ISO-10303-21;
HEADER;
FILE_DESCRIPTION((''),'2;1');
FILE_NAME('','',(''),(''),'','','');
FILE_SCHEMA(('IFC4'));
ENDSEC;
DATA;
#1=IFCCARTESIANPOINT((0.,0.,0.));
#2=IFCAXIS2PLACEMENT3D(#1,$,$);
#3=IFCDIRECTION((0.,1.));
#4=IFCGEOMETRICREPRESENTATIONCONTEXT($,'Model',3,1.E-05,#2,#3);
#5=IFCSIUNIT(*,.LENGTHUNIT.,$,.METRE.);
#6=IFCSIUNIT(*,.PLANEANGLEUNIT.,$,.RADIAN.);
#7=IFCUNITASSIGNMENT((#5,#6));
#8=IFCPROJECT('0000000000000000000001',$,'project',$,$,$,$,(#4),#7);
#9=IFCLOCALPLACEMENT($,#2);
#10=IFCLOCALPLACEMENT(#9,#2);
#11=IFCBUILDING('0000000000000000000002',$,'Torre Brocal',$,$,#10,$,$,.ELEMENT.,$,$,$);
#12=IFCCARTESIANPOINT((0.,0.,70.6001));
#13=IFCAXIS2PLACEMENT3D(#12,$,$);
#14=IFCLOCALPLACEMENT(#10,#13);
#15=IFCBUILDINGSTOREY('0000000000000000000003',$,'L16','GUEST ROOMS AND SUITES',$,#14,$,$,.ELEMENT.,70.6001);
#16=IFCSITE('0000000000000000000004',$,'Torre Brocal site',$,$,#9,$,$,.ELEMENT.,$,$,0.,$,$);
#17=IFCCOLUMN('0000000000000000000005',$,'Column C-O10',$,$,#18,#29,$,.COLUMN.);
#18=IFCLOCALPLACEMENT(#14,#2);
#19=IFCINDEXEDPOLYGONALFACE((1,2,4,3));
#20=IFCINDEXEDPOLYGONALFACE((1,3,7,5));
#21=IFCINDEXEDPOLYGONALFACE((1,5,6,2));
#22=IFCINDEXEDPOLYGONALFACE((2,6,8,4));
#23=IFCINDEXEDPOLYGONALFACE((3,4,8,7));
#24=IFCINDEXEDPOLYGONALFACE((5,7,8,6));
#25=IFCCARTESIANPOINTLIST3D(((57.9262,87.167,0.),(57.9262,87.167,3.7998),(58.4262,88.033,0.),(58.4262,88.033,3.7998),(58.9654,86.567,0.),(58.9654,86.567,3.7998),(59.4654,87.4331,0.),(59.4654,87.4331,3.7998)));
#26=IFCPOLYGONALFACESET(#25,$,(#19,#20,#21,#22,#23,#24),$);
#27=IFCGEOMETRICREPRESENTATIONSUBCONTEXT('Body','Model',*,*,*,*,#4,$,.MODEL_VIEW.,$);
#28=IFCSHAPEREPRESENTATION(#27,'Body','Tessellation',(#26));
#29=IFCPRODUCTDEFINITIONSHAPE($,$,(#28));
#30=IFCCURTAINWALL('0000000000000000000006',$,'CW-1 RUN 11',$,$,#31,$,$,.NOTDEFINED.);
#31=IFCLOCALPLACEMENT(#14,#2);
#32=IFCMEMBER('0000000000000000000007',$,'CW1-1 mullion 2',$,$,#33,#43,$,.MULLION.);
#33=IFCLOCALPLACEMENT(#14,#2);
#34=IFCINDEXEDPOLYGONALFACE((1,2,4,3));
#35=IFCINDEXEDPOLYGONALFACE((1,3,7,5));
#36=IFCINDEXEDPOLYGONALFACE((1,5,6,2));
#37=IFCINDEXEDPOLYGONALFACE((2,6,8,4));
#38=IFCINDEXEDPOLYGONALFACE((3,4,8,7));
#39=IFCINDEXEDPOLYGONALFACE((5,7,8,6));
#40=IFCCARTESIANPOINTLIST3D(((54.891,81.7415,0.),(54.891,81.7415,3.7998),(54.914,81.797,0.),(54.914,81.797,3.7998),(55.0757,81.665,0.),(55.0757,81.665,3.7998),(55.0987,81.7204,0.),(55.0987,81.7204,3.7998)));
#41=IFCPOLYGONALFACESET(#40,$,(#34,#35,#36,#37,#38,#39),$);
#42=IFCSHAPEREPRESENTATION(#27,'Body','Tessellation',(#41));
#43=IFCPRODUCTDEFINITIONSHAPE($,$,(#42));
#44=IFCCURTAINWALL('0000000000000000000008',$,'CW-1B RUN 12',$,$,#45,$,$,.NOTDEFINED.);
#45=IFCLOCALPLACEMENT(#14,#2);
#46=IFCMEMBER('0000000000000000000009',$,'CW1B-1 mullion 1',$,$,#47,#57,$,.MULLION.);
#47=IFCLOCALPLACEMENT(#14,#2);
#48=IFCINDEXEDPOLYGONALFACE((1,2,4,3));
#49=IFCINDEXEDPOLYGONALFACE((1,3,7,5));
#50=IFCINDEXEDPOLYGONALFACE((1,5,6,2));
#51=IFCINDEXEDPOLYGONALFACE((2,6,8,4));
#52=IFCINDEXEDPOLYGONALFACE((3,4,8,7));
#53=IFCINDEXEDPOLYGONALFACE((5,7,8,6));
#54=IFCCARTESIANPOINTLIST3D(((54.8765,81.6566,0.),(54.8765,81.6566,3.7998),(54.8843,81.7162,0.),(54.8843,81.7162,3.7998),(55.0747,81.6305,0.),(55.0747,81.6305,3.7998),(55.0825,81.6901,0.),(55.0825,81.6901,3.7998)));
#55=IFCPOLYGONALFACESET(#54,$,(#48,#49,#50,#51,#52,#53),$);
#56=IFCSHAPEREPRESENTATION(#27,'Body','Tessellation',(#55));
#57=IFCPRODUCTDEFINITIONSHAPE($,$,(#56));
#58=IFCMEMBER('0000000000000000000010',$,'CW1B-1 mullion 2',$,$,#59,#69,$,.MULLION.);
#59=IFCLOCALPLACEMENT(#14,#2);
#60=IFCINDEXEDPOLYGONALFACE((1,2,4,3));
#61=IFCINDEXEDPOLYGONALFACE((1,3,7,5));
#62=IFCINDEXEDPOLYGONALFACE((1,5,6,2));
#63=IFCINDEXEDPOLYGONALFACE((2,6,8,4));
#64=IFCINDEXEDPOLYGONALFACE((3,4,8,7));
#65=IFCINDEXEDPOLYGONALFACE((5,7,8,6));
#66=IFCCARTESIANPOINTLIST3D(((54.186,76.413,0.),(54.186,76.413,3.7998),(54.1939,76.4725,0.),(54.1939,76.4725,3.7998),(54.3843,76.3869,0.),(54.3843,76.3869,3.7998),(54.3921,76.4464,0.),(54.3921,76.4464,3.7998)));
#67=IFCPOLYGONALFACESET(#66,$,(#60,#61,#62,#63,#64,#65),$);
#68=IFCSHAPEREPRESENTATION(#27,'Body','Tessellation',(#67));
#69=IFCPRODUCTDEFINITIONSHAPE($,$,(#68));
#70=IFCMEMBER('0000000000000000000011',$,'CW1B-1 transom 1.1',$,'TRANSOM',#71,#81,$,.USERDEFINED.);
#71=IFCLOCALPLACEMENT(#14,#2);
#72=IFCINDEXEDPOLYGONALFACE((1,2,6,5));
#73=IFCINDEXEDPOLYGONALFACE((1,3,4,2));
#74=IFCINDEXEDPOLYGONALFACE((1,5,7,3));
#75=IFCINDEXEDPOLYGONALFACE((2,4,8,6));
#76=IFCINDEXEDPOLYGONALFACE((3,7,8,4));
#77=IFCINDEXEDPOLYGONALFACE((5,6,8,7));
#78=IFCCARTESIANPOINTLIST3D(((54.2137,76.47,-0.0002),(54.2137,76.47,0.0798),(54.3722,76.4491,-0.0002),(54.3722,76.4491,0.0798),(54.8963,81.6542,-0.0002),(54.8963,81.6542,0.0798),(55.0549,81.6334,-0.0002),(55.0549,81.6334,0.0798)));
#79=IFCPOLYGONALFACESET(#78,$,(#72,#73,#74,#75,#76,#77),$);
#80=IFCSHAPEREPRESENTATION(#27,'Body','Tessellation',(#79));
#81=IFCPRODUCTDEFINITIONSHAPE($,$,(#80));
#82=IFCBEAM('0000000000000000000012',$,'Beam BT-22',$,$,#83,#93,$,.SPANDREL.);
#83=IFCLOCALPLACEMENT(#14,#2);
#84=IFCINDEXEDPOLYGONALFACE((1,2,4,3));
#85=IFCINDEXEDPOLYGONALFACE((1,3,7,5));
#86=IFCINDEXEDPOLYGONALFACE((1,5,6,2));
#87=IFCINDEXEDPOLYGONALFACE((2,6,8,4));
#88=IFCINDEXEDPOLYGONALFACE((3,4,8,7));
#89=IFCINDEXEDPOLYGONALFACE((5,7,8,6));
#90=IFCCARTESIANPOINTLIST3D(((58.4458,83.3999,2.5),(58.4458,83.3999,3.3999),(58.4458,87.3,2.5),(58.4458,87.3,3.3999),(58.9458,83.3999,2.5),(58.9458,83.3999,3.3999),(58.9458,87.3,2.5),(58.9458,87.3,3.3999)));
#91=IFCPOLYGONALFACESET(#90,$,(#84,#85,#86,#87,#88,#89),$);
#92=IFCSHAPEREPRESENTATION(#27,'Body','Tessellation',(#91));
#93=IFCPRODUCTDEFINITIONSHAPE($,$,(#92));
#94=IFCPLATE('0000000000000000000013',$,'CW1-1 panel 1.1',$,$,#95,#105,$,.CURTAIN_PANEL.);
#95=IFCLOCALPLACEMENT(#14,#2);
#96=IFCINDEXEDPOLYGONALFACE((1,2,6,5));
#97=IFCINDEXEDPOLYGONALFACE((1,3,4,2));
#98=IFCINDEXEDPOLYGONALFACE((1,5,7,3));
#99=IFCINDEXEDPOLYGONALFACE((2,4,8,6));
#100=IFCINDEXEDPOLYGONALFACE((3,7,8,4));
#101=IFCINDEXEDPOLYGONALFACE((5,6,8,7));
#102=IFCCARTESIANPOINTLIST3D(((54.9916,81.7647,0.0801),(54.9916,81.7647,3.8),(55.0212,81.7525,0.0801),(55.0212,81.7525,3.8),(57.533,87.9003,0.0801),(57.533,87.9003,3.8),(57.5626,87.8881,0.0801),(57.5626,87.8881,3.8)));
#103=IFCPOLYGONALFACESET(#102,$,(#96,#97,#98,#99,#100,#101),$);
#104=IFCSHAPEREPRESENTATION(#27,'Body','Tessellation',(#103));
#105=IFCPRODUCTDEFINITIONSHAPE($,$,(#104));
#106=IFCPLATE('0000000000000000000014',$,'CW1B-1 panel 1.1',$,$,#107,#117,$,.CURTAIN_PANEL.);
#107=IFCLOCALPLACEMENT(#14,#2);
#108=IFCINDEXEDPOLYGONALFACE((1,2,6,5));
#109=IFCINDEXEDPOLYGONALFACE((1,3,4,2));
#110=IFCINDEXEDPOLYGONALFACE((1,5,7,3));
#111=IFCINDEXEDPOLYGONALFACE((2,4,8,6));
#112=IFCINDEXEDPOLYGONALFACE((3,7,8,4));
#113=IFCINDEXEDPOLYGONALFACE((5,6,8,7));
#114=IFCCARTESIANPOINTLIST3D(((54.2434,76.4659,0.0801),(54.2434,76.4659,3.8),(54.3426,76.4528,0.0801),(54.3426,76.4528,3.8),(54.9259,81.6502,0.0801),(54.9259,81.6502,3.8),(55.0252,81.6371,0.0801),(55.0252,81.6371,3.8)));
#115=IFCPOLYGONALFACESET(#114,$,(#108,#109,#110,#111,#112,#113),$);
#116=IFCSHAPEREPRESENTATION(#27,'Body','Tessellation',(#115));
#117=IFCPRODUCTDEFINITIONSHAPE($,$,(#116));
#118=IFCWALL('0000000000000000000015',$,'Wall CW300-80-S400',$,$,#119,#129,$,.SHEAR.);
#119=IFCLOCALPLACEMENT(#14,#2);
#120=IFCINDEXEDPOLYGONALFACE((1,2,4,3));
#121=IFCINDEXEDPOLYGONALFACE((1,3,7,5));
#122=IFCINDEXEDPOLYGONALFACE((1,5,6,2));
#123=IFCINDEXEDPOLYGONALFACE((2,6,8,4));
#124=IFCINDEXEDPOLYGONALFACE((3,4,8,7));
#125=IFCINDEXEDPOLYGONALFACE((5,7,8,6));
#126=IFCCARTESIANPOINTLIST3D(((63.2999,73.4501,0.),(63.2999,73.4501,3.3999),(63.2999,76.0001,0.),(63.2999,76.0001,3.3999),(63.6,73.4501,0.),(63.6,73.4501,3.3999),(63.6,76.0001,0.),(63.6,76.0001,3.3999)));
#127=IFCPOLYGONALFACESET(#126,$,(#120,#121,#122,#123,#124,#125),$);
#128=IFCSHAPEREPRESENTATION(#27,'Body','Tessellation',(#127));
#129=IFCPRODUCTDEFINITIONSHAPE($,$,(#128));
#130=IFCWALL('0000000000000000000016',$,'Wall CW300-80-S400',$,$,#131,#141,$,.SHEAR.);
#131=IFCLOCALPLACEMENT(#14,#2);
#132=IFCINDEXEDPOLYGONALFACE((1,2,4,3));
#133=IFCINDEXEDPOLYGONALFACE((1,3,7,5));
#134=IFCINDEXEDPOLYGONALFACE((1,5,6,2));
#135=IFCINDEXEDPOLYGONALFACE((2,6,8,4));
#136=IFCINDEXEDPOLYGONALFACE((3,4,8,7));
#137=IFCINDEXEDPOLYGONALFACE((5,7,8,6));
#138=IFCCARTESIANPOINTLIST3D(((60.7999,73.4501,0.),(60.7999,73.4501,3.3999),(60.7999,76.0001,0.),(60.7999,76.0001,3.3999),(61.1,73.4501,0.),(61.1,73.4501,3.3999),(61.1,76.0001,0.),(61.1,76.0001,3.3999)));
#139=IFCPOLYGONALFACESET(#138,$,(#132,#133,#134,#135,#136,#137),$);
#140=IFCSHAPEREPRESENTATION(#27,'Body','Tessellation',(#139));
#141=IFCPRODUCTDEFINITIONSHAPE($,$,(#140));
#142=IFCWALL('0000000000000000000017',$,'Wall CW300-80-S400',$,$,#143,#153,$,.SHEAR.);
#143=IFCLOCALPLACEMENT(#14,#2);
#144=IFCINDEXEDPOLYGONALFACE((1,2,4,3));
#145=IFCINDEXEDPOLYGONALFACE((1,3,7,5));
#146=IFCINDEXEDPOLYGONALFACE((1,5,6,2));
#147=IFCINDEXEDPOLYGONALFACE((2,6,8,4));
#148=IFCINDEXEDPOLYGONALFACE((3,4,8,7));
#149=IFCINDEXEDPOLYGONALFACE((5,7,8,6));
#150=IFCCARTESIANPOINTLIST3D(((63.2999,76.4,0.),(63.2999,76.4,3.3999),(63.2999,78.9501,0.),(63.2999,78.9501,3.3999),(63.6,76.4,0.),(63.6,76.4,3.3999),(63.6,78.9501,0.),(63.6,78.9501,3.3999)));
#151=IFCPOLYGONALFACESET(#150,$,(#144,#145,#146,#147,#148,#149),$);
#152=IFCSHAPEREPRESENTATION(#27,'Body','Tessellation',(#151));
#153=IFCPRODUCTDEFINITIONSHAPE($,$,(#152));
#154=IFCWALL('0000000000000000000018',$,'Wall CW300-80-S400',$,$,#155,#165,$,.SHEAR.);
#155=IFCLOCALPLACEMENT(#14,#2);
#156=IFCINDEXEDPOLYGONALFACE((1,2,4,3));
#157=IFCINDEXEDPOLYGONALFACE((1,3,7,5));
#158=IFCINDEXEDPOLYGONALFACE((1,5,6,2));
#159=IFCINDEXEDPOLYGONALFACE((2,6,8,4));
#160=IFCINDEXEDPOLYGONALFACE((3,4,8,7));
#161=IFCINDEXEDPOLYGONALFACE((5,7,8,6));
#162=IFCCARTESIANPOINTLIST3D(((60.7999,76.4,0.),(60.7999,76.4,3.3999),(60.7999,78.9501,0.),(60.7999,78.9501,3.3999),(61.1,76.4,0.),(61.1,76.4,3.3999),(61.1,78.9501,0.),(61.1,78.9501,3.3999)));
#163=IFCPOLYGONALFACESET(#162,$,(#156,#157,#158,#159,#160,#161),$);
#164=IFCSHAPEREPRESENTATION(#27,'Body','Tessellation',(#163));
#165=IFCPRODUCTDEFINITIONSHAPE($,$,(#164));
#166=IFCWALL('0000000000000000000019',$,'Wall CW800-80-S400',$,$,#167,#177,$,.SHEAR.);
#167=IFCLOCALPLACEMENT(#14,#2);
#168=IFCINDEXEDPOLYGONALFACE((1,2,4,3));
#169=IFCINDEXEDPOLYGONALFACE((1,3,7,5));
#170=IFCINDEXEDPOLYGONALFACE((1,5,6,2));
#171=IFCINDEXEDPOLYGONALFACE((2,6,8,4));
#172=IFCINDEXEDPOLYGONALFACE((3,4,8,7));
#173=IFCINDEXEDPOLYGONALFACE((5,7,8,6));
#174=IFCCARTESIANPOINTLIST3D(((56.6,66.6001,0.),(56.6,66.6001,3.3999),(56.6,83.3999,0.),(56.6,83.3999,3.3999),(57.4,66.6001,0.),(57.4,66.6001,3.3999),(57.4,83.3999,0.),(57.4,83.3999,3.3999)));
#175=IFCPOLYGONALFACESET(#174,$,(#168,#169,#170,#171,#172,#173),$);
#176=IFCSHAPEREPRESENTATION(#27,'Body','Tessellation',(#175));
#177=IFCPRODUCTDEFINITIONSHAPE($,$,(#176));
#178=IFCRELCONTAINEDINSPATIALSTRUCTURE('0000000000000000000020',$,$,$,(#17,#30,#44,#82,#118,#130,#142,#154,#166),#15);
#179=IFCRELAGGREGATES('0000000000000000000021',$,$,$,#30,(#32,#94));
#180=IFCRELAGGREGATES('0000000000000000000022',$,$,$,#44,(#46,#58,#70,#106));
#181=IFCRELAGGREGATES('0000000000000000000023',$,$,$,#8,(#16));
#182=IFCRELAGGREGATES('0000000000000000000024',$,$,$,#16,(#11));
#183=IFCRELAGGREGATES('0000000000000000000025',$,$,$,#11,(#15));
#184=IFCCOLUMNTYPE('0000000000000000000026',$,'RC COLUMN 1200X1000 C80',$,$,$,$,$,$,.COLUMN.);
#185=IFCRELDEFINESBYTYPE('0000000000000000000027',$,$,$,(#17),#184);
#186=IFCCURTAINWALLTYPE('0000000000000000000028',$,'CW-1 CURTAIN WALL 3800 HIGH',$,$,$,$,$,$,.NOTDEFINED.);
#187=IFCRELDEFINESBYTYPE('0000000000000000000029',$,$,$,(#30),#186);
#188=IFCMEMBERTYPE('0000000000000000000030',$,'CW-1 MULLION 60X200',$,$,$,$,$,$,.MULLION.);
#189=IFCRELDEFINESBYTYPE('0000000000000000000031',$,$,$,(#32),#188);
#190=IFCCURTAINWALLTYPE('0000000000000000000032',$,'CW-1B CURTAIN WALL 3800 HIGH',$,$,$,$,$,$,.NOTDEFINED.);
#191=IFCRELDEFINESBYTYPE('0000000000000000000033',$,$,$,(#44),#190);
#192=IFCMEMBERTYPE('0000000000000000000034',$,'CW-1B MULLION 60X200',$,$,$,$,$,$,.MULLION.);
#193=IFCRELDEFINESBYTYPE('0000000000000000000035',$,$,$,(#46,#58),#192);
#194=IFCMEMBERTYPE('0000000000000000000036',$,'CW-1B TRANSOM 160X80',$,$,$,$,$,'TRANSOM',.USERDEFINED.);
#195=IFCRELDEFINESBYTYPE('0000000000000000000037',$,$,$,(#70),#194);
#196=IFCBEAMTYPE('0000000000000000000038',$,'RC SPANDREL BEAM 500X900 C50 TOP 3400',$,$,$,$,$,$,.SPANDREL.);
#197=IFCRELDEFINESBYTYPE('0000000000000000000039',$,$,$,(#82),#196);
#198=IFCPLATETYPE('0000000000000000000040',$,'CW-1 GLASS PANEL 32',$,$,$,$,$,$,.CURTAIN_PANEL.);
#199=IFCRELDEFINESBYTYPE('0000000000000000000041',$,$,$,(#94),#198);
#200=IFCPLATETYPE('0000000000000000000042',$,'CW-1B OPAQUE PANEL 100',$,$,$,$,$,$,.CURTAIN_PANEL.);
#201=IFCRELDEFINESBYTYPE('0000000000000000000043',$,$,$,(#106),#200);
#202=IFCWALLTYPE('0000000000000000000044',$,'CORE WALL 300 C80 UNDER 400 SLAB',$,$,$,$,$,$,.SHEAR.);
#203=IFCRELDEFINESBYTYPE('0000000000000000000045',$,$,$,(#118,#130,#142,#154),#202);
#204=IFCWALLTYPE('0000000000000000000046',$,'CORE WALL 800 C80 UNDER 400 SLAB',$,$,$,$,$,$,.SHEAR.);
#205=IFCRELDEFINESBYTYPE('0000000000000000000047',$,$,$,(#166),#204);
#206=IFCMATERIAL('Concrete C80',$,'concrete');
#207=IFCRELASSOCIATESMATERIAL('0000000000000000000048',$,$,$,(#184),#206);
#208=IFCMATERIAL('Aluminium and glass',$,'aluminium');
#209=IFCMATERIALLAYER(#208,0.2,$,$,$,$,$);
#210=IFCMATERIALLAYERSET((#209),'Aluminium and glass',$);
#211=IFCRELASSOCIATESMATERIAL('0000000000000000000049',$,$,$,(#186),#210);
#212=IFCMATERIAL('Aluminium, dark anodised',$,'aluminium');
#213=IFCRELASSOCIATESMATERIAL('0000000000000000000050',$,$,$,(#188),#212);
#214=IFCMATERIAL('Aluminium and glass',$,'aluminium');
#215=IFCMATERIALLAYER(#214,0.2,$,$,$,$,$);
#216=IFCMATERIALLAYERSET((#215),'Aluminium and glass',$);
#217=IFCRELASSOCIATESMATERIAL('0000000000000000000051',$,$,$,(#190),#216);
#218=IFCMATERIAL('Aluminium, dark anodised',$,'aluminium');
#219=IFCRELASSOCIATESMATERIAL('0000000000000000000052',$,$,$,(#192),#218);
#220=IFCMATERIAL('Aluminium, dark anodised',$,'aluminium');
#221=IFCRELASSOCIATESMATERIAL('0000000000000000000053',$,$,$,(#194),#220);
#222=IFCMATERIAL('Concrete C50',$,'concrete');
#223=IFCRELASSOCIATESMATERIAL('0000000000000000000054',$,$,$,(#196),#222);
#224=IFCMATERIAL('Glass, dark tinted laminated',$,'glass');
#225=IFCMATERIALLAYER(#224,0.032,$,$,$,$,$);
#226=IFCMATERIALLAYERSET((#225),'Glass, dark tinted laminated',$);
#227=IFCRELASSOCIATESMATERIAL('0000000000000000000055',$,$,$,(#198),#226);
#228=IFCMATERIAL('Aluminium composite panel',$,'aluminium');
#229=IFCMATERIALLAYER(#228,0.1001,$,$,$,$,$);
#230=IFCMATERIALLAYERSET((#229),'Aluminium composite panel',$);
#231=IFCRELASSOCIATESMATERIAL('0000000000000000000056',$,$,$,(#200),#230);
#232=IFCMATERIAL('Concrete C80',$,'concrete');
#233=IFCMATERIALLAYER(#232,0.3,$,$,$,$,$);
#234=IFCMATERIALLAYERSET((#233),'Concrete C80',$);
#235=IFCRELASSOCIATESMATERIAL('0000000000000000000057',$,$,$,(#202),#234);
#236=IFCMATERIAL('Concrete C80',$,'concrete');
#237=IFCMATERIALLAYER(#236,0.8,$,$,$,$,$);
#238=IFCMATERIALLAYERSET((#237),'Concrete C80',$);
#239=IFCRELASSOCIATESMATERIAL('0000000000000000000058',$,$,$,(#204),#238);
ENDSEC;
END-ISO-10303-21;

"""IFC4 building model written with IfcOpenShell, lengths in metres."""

from ifc_helpers import new_model, si_unit, direction, frame, frame_2d, origin, origin_2d, place, context, subcontext, project, spatial, rectangle, extrude, material, layer, layer_set, material_profile, profile_set, type_object, element, aggregate, save


model = new_model("IFC4")

# Units and contexts
model_context = context("Model", 3, precision=1e-05, world=origin(), true_north=direction((0.0, 1.0)))
body_context = subcontext(model_context, "Body", "Model", "MODEL_VIEW")
ifc_project = project(units=[si_unit("LENGTHUNIT", "METRE"), si_unit("PLANEANGLEUNIT", "RADIAN")], contexts=[model_context])

# Site, building, storey
site_placement = place(None, origin())
site = spatial("IfcSite", under=ifc_project, at=site_placement, Name="Torre Brocal site", CompositionType="ELEMENT", RefElevation=0.0)
building_placement = place(site_placement, origin())
building = spatial("IfcBuilding", under=site, at=building_placement, Name="Torre Brocal", CompositionType="ELEMENT")
storey_placement = place(building_placement, frame((0.0, 0.0, 70.6001)))
storey = spatial("IfcBuildingStorey", under=building, at=storey_placement, Name="L16", Description="GUEST ROOMS AND SUITES", CompositionType="ELEMENT", Elevation=70.6001)

# Column
ifc_material_1 = material(Name="Concrete C80", Category="concrete")
ifc_material_profile_1 = material_profile(ifc_material_1, rectangle(XDim=1.2, YDim=1.0, at=origin_2d()), Name="RC 1200X1000")
ifc_profile_set_1 = profile_set([ifc_material_profile_1], Name="Concrete C80")
column_type = type_object("IfcColumnType", Name="RC COLUMN 1200X1000 C80", PredefinedType="COLUMN", material=ifc_profile_set_1)
column_placement = place(storey_placement, frame((58.6958, 87.3, 0.0), z_axis=(0.0, 0.0, 1.0), x_axis=(-0.866025, 0.5, 0.0)))
element("IfcColumn", 1, at=column_placement, inside=storey, type_object=column_type, Name="Column C-O10", PredefinedType="COLUMN", context=body_context, shape_type="SweptSolid", body=[
    extrude(rectangle(XDim=1.2, YDim=1.0, at=origin_2d()), origin(), (0.0, 0.0, 1.0), 3.7998),
])

# Curtain wall, member
ifc_material_2 = material(Name="Aluminium and glass", Category="aluminium")
ifc_layer_1 = layer(ifc_material_2, 0.2)
ifc_layer_set_1 = layer_set([ifc_layer_1], Name="Aluminium and glass")
curtain_wall_type_1 = type_object("IfcCurtainWallType", Name="CW-1 CURTAIN WALL 3800 HIGH", PredefinedType="NOTDEFINED", material=ifc_layer_set_1)
curtain_wall_1_placement = place(storey_placement, origin())
curtain_wall_1 = element("IfcCurtainWall", 2, at=curtain_wall_1_placement, inside=storey, type_object=curtain_wall_type_1, Name="CW-1 RUN 11", PredefinedType="NOTDEFINED")
ifc_material_3 = material(Name="Aluminium, dark anodised", Category="aluminium")
ifc_material_profile_2 = material_profile(ifc_material_3, rectangle(XDim=0.2, YDim=0.0601, at=origin_2d()), Name="CW-1 MULLION 60X200")
ifc_profile_set_2 = profile_set([ifc_material_profile_2], Name="Aluminium, dark anodised")
member_type_1 = type_object("IfcMemberType", Name="CW-1 MULLION 60X200", PredefinedType="MULLION", material=ifc_profile_set_2)
member_1_placement = place(storey_placement, frame((54.9949, 81.731, 0.0), z_axis=(0.0, 0.0, 1.0), x_axis=(0.92388, -0.382683, 0.0)))
member_1 = element("IfcMember", 3, at=member_1_placement, type_object=member_type_1, Name="CW1-1 mullion 2", PredefinedType="MULLION", context=body_context, shape_type="SweptSolid", body=[
    extrude(rectangle(XDim=0.2, YDim=0.0601, at=origin_2d()), origin(), (0.0, 0.0, 1.0), 3.7998),
])

# Curtain wall, members
ifc_material_4 = material(Name="Aluminium and glass", Category="aluminium")
ifc_layer_2 = layer(ifc_material_4, 0.2)
ifc_layer_set_2 = layer_set([ifc_layer_2], Name="Aluminium and glass")
curtain_wall_type_2 = type_object("IfcCurtainWallType", Name="CW-1B CURTAIN WALL 3800 HIGH", PredefinedType="NOTDEFINED", material=ifc_layer_set_2)
curtain_wall_2_placement = place(storey_placement, origin())
curtain_wall_2 = element("IfcCurtainWall", 4, at=curtain_wall_2_placement, inside=storey, type_object=curtain_wall_type_2, Name="CW-1B RUN 12", PredefinedType="NOTDEFINED")
ifc_material_5 = material(Name="Aluminium, dark anodised", Category="aluminium")
ifc_material_profile_3 = material_profile(ifc_material_5, rectangle(XDim=0.2, YDim=0.0601, at=origin_2d()), Name="CW-1B MULLION 60X200")
ifc_profile_set_3 = profile_set([ifc_material_profile_3], Name="Aluminium, dark anodised")
member_type_2 = type_object("IfcMemberType", Name="CW-1B MULLION 60X200", PredefinedType="MULLION", material=ifc_profile_set_3)
member_2_placement = place(storey_placement, frame((54.9795, 81.6733, 0.0), z_axis=(0.0, 0.0, 1.0), x_axis=(0.991445, -0.130526, 0.0)))
member_2 = element("IfcMember", 5, at=member_2_placement, type_object=member_type_2, Name="CW1B-1 mullion 1", PredefinedType="MULLION", context=body_context, shape_type="SweptSolid", body=[
    extrude(rectangle(XDim=0.2, YDim=0.0601, at=origin_2d()), origin(), (0.0, 0.0, 1.0), 3.7998),
])
member_3_placement = place(storey_placement, frame((54.2891, 76.4297, 0.0), z_axis=(0.0, 0.0, 1.0), x_axis=(0.991445, -0.130526, 0.0)))
member_3 = element("IfcMember", 6, at=member_3_placement, type_object=member_type_2, Name="CW1B-1 mullion 2", PredefinedType="MULLION", context=body_context, shape_type="SweptSolid", body=[
    extrude(rectangle(XDim=0.2, YDim=0.0601, at=origin_2d()), origin(), (0.0, 0.0, 1.0), 3.7998),
])
ifc_material_6 = material(Name="Aluminium, dark anodised", Category="aluminium")
ifc_material_profile_4 = material_profile(ifc_material_6, rectangle(XDim=0.1599, YDim=0.0801, at=origin_2d()), Name="CW-1B TRANSOM 160X80")
ifc_profile_set_4 = profile_set([ifc_material_profile_4], Name="Aluminium, dark anodised")
member_type_3 = type_object("IfcMemberType", Name="CW-1B TRANSOM 160X80", ElementType="TRANSOM", PredefinedType="USERDEFINED", material=ifc_profile_set_4)
member_4_placement = place(storey_placement, frame((54.9756, 81.6438, 0.0398), z_axis=(-0.130543, -0.991443, 0.0), x_axis=(0.991443, -0.130543, 0.0)))
member_4 = element("IfcMember", 7, at=member_4_placement, type_object=member_type_3, Name="CW1B-1 transom 1.1", ObjectType="TRANSOM", PredefinedType="USERDEFINED", context=body_context, shape_type="SweptSolid", body=[
    extrude(rectangle(XDim=0.1599, YDim=0.0801, at=origin_2d()), origin(), (0.0, 0.0, 1.0), 5.229),
])

# Beam
ifc_material_7 = material(Name="Concrete C50", Category="concrete")
ifc_material_profile_5 = material_profile(ifc_material_7, rectangle(XDim=0.5, YDim=0.8999, at=origin_2d()), Name="RC 500X900")
ifc_profile_set_5 = profile_set([ifc_material_profile_5], Name="Concrete C50")
beam_type = type_object("IfcBeamType", Name="RC SPANDREL BEAM 500X900 C50 TOP 3400", PredefinedType="SPANDREL", material=ifc_profile_set_5)
beam_placement = place(storey_placement, frame((58.6958, 87.3, 2.95), z_axis=(0.0, -1.0, 0.0), x_axis=(1.0, 0.0, 0.0)))
element("IfcBeam", 8, at=beam_placement, inside=storey, type_object=beam_type, Name="Beam BT-22", PredefinedType="SPANDREL", context=body_context, shape_type="SweptSolid", body=[
    extrude(rectangle(XDim=0.5, YDim=0.8999, at=origin_2d()), origin(), (0.0, 0.0, 1.0), 3.9001),
])

# Plates
ifc_material_8 = material(Name="Glass, dark tinted laminated", Category="glass")
ifc_layer_3 = layer(ifc_material_8, 0.032)
ifc_layer_set_3 = layer_set([ifc_layer_3], Name="Glass, dark tinted laminated")
plate_type_1 = type_object("IfcPlateType", Name="CW-1 GLASS PANEL 32", PredefinedType="CURTAIN_PANEL", material=ifc_layer_set_3)
plate_1_placement = place(storey_placement, frame((56.2771, 84.8264, 0.0801), z_axis=(0.0, 0.0, 1.0), x_axis=(-0.382683, -0.92388, 0.0)))
plate_1 = element("IfcPlate", 9, at=plate_1_placement, type_object=plate_type_1, Name="CW1-1 panel 1.1", PredefinedType="CURTAIN_PANEL", context=body_context, shape_type="SweptSolid", body=[
    extrude(rectangle(XDim=6.6411, YDim=0.032, at=origin_2d()), origin(), (0.0, 0.0, 1.0), 3.72),
])
aggregate(curtain_wall_1, [member_1, plate_1])
ifc_material_9 = material(Name="Aluminium composite panel", Category="aluminium")
ifc_layer_4 = layer(ifc_material_9, 0.1001)
ifc_layer_set_4 = layer_set([ifc_layer_4], Name="Aluminium composite panel")
plate_type_2 = type_object("IfcPlateType", Name="CW-1B OPAQUE PANEL 100", PredefinedType="CURTAIN_PANEL", material=ifc_layer_set_4)
plate_2_placement = place(storey_placement, frame((54.6343, 79.0515, 0.0801), z_axis=(0.0, 0.0, 1.0), x_axis=(-0.130526, -0.991445, 0.0)))
plate_2 = element("IfcPlate", 10, at=plate_2_placement, type_object=plate_type_2, Name="CW1B-1 panel 1.1", PredefinedType="CURTAIN_PANEL", context=body_context, shape_type="SweptSolid", body=[
    extrude(rectangle(XDim=5.229, YDim=0.1001, at=origin_2d()), origin(), (0.0, 0.0, 1.0), 3.72),
])
aggregate(curtain_wall_2, [member_2, member_3, member_4, plate_2])

# Walls
ifc_material_10 = material(Name="Concrete C80", Category="concrete")
ifc_layer_5 = layer(ifc_material_10, 0.3)
ifc_layer_set_5 = layer_set([ifc_layer_5], Name="Concrete C80")
wall_type_1 = type_object("IfcWallType", Name="CORE WALL 300 C80 UNDER 400 SLAB", PredefinedType="SHEAR", material=ifc_layer_set_5)
for number, where, z_axis, x_axis, name in (
    (11, (63.45, 76.0, 0.0), (0.0, 0.0, 1.0), (0.0, -1.0, 0.0), "Wall CW300-80-S400"),
    (12, (60.95, 76.0, 0.0), (0.0, 0.0, 1.0), (0.0, -1.0, 0.0), "Wall CW300-80-S400"),
    (13, (63.45, 78.95, 0.0), (0.0, 0.0, 1.0), (0.0, -1.0, 0.0), "Wall CW300-80-S400"),
    (14, (60.95, 78.95, 0.0), (0.0, 0.0, 1.0), (0.0, -1.0, 0.0), "Wall CW300-80-S400"),
):
    element("IfcWall", number, at=place(storey_placement, frame(where, z_axis=z_axis, x_axis=x_axis)), inside=storey, type_object=wall_type_1, Name=name, PredefinedType="SHEAR", context=body_context, shape_type="SweptSolid", body=[
        extrude(rectangle(XDim=2.55, YDim=0.3, at=frame_2d((1.2749, 0.0))), origin(), (0.0, 0.0, 1.0), 3.3999),
    ])
ifc_material_11 = material(Name="Concrete C80", Category="concrete")
ifc_layer_6 = layer(ifc_material_11, 0.8)
ifc_layer_set_6 = layer_set([ifc_layer_6], Name="Concrete C80")
wall_type_2 = type_object("IfcWallType", Name="CORE WALL 800 C80 UNDER 400 SLAB", PredefinedType="SHEAR", material=ifc_layer_set_6)
wall_1_placement = place(storey_placement, frame((57.0, 83.3999, 0.0), z_axis=(0.0, 0.0, 1.0), x_axis=(0.0, -1.0, 0.0)))
element("IfcWall", 15, at=wall_1_placement, inside=storey, type_object=wall_type_2, Name="Wall CW800-80-S400", PredefinedType="SHEAR", context=body_context, shape_type="SweptSolid", body=[
    extrude(rectangle(XDim=16.7998, YDim=0.8, at=frame_2d((8.3999, 0.0))), origin(), (0.0, 0.0, 1.0), 3.3999),
])

save(model, "model.ifc")
